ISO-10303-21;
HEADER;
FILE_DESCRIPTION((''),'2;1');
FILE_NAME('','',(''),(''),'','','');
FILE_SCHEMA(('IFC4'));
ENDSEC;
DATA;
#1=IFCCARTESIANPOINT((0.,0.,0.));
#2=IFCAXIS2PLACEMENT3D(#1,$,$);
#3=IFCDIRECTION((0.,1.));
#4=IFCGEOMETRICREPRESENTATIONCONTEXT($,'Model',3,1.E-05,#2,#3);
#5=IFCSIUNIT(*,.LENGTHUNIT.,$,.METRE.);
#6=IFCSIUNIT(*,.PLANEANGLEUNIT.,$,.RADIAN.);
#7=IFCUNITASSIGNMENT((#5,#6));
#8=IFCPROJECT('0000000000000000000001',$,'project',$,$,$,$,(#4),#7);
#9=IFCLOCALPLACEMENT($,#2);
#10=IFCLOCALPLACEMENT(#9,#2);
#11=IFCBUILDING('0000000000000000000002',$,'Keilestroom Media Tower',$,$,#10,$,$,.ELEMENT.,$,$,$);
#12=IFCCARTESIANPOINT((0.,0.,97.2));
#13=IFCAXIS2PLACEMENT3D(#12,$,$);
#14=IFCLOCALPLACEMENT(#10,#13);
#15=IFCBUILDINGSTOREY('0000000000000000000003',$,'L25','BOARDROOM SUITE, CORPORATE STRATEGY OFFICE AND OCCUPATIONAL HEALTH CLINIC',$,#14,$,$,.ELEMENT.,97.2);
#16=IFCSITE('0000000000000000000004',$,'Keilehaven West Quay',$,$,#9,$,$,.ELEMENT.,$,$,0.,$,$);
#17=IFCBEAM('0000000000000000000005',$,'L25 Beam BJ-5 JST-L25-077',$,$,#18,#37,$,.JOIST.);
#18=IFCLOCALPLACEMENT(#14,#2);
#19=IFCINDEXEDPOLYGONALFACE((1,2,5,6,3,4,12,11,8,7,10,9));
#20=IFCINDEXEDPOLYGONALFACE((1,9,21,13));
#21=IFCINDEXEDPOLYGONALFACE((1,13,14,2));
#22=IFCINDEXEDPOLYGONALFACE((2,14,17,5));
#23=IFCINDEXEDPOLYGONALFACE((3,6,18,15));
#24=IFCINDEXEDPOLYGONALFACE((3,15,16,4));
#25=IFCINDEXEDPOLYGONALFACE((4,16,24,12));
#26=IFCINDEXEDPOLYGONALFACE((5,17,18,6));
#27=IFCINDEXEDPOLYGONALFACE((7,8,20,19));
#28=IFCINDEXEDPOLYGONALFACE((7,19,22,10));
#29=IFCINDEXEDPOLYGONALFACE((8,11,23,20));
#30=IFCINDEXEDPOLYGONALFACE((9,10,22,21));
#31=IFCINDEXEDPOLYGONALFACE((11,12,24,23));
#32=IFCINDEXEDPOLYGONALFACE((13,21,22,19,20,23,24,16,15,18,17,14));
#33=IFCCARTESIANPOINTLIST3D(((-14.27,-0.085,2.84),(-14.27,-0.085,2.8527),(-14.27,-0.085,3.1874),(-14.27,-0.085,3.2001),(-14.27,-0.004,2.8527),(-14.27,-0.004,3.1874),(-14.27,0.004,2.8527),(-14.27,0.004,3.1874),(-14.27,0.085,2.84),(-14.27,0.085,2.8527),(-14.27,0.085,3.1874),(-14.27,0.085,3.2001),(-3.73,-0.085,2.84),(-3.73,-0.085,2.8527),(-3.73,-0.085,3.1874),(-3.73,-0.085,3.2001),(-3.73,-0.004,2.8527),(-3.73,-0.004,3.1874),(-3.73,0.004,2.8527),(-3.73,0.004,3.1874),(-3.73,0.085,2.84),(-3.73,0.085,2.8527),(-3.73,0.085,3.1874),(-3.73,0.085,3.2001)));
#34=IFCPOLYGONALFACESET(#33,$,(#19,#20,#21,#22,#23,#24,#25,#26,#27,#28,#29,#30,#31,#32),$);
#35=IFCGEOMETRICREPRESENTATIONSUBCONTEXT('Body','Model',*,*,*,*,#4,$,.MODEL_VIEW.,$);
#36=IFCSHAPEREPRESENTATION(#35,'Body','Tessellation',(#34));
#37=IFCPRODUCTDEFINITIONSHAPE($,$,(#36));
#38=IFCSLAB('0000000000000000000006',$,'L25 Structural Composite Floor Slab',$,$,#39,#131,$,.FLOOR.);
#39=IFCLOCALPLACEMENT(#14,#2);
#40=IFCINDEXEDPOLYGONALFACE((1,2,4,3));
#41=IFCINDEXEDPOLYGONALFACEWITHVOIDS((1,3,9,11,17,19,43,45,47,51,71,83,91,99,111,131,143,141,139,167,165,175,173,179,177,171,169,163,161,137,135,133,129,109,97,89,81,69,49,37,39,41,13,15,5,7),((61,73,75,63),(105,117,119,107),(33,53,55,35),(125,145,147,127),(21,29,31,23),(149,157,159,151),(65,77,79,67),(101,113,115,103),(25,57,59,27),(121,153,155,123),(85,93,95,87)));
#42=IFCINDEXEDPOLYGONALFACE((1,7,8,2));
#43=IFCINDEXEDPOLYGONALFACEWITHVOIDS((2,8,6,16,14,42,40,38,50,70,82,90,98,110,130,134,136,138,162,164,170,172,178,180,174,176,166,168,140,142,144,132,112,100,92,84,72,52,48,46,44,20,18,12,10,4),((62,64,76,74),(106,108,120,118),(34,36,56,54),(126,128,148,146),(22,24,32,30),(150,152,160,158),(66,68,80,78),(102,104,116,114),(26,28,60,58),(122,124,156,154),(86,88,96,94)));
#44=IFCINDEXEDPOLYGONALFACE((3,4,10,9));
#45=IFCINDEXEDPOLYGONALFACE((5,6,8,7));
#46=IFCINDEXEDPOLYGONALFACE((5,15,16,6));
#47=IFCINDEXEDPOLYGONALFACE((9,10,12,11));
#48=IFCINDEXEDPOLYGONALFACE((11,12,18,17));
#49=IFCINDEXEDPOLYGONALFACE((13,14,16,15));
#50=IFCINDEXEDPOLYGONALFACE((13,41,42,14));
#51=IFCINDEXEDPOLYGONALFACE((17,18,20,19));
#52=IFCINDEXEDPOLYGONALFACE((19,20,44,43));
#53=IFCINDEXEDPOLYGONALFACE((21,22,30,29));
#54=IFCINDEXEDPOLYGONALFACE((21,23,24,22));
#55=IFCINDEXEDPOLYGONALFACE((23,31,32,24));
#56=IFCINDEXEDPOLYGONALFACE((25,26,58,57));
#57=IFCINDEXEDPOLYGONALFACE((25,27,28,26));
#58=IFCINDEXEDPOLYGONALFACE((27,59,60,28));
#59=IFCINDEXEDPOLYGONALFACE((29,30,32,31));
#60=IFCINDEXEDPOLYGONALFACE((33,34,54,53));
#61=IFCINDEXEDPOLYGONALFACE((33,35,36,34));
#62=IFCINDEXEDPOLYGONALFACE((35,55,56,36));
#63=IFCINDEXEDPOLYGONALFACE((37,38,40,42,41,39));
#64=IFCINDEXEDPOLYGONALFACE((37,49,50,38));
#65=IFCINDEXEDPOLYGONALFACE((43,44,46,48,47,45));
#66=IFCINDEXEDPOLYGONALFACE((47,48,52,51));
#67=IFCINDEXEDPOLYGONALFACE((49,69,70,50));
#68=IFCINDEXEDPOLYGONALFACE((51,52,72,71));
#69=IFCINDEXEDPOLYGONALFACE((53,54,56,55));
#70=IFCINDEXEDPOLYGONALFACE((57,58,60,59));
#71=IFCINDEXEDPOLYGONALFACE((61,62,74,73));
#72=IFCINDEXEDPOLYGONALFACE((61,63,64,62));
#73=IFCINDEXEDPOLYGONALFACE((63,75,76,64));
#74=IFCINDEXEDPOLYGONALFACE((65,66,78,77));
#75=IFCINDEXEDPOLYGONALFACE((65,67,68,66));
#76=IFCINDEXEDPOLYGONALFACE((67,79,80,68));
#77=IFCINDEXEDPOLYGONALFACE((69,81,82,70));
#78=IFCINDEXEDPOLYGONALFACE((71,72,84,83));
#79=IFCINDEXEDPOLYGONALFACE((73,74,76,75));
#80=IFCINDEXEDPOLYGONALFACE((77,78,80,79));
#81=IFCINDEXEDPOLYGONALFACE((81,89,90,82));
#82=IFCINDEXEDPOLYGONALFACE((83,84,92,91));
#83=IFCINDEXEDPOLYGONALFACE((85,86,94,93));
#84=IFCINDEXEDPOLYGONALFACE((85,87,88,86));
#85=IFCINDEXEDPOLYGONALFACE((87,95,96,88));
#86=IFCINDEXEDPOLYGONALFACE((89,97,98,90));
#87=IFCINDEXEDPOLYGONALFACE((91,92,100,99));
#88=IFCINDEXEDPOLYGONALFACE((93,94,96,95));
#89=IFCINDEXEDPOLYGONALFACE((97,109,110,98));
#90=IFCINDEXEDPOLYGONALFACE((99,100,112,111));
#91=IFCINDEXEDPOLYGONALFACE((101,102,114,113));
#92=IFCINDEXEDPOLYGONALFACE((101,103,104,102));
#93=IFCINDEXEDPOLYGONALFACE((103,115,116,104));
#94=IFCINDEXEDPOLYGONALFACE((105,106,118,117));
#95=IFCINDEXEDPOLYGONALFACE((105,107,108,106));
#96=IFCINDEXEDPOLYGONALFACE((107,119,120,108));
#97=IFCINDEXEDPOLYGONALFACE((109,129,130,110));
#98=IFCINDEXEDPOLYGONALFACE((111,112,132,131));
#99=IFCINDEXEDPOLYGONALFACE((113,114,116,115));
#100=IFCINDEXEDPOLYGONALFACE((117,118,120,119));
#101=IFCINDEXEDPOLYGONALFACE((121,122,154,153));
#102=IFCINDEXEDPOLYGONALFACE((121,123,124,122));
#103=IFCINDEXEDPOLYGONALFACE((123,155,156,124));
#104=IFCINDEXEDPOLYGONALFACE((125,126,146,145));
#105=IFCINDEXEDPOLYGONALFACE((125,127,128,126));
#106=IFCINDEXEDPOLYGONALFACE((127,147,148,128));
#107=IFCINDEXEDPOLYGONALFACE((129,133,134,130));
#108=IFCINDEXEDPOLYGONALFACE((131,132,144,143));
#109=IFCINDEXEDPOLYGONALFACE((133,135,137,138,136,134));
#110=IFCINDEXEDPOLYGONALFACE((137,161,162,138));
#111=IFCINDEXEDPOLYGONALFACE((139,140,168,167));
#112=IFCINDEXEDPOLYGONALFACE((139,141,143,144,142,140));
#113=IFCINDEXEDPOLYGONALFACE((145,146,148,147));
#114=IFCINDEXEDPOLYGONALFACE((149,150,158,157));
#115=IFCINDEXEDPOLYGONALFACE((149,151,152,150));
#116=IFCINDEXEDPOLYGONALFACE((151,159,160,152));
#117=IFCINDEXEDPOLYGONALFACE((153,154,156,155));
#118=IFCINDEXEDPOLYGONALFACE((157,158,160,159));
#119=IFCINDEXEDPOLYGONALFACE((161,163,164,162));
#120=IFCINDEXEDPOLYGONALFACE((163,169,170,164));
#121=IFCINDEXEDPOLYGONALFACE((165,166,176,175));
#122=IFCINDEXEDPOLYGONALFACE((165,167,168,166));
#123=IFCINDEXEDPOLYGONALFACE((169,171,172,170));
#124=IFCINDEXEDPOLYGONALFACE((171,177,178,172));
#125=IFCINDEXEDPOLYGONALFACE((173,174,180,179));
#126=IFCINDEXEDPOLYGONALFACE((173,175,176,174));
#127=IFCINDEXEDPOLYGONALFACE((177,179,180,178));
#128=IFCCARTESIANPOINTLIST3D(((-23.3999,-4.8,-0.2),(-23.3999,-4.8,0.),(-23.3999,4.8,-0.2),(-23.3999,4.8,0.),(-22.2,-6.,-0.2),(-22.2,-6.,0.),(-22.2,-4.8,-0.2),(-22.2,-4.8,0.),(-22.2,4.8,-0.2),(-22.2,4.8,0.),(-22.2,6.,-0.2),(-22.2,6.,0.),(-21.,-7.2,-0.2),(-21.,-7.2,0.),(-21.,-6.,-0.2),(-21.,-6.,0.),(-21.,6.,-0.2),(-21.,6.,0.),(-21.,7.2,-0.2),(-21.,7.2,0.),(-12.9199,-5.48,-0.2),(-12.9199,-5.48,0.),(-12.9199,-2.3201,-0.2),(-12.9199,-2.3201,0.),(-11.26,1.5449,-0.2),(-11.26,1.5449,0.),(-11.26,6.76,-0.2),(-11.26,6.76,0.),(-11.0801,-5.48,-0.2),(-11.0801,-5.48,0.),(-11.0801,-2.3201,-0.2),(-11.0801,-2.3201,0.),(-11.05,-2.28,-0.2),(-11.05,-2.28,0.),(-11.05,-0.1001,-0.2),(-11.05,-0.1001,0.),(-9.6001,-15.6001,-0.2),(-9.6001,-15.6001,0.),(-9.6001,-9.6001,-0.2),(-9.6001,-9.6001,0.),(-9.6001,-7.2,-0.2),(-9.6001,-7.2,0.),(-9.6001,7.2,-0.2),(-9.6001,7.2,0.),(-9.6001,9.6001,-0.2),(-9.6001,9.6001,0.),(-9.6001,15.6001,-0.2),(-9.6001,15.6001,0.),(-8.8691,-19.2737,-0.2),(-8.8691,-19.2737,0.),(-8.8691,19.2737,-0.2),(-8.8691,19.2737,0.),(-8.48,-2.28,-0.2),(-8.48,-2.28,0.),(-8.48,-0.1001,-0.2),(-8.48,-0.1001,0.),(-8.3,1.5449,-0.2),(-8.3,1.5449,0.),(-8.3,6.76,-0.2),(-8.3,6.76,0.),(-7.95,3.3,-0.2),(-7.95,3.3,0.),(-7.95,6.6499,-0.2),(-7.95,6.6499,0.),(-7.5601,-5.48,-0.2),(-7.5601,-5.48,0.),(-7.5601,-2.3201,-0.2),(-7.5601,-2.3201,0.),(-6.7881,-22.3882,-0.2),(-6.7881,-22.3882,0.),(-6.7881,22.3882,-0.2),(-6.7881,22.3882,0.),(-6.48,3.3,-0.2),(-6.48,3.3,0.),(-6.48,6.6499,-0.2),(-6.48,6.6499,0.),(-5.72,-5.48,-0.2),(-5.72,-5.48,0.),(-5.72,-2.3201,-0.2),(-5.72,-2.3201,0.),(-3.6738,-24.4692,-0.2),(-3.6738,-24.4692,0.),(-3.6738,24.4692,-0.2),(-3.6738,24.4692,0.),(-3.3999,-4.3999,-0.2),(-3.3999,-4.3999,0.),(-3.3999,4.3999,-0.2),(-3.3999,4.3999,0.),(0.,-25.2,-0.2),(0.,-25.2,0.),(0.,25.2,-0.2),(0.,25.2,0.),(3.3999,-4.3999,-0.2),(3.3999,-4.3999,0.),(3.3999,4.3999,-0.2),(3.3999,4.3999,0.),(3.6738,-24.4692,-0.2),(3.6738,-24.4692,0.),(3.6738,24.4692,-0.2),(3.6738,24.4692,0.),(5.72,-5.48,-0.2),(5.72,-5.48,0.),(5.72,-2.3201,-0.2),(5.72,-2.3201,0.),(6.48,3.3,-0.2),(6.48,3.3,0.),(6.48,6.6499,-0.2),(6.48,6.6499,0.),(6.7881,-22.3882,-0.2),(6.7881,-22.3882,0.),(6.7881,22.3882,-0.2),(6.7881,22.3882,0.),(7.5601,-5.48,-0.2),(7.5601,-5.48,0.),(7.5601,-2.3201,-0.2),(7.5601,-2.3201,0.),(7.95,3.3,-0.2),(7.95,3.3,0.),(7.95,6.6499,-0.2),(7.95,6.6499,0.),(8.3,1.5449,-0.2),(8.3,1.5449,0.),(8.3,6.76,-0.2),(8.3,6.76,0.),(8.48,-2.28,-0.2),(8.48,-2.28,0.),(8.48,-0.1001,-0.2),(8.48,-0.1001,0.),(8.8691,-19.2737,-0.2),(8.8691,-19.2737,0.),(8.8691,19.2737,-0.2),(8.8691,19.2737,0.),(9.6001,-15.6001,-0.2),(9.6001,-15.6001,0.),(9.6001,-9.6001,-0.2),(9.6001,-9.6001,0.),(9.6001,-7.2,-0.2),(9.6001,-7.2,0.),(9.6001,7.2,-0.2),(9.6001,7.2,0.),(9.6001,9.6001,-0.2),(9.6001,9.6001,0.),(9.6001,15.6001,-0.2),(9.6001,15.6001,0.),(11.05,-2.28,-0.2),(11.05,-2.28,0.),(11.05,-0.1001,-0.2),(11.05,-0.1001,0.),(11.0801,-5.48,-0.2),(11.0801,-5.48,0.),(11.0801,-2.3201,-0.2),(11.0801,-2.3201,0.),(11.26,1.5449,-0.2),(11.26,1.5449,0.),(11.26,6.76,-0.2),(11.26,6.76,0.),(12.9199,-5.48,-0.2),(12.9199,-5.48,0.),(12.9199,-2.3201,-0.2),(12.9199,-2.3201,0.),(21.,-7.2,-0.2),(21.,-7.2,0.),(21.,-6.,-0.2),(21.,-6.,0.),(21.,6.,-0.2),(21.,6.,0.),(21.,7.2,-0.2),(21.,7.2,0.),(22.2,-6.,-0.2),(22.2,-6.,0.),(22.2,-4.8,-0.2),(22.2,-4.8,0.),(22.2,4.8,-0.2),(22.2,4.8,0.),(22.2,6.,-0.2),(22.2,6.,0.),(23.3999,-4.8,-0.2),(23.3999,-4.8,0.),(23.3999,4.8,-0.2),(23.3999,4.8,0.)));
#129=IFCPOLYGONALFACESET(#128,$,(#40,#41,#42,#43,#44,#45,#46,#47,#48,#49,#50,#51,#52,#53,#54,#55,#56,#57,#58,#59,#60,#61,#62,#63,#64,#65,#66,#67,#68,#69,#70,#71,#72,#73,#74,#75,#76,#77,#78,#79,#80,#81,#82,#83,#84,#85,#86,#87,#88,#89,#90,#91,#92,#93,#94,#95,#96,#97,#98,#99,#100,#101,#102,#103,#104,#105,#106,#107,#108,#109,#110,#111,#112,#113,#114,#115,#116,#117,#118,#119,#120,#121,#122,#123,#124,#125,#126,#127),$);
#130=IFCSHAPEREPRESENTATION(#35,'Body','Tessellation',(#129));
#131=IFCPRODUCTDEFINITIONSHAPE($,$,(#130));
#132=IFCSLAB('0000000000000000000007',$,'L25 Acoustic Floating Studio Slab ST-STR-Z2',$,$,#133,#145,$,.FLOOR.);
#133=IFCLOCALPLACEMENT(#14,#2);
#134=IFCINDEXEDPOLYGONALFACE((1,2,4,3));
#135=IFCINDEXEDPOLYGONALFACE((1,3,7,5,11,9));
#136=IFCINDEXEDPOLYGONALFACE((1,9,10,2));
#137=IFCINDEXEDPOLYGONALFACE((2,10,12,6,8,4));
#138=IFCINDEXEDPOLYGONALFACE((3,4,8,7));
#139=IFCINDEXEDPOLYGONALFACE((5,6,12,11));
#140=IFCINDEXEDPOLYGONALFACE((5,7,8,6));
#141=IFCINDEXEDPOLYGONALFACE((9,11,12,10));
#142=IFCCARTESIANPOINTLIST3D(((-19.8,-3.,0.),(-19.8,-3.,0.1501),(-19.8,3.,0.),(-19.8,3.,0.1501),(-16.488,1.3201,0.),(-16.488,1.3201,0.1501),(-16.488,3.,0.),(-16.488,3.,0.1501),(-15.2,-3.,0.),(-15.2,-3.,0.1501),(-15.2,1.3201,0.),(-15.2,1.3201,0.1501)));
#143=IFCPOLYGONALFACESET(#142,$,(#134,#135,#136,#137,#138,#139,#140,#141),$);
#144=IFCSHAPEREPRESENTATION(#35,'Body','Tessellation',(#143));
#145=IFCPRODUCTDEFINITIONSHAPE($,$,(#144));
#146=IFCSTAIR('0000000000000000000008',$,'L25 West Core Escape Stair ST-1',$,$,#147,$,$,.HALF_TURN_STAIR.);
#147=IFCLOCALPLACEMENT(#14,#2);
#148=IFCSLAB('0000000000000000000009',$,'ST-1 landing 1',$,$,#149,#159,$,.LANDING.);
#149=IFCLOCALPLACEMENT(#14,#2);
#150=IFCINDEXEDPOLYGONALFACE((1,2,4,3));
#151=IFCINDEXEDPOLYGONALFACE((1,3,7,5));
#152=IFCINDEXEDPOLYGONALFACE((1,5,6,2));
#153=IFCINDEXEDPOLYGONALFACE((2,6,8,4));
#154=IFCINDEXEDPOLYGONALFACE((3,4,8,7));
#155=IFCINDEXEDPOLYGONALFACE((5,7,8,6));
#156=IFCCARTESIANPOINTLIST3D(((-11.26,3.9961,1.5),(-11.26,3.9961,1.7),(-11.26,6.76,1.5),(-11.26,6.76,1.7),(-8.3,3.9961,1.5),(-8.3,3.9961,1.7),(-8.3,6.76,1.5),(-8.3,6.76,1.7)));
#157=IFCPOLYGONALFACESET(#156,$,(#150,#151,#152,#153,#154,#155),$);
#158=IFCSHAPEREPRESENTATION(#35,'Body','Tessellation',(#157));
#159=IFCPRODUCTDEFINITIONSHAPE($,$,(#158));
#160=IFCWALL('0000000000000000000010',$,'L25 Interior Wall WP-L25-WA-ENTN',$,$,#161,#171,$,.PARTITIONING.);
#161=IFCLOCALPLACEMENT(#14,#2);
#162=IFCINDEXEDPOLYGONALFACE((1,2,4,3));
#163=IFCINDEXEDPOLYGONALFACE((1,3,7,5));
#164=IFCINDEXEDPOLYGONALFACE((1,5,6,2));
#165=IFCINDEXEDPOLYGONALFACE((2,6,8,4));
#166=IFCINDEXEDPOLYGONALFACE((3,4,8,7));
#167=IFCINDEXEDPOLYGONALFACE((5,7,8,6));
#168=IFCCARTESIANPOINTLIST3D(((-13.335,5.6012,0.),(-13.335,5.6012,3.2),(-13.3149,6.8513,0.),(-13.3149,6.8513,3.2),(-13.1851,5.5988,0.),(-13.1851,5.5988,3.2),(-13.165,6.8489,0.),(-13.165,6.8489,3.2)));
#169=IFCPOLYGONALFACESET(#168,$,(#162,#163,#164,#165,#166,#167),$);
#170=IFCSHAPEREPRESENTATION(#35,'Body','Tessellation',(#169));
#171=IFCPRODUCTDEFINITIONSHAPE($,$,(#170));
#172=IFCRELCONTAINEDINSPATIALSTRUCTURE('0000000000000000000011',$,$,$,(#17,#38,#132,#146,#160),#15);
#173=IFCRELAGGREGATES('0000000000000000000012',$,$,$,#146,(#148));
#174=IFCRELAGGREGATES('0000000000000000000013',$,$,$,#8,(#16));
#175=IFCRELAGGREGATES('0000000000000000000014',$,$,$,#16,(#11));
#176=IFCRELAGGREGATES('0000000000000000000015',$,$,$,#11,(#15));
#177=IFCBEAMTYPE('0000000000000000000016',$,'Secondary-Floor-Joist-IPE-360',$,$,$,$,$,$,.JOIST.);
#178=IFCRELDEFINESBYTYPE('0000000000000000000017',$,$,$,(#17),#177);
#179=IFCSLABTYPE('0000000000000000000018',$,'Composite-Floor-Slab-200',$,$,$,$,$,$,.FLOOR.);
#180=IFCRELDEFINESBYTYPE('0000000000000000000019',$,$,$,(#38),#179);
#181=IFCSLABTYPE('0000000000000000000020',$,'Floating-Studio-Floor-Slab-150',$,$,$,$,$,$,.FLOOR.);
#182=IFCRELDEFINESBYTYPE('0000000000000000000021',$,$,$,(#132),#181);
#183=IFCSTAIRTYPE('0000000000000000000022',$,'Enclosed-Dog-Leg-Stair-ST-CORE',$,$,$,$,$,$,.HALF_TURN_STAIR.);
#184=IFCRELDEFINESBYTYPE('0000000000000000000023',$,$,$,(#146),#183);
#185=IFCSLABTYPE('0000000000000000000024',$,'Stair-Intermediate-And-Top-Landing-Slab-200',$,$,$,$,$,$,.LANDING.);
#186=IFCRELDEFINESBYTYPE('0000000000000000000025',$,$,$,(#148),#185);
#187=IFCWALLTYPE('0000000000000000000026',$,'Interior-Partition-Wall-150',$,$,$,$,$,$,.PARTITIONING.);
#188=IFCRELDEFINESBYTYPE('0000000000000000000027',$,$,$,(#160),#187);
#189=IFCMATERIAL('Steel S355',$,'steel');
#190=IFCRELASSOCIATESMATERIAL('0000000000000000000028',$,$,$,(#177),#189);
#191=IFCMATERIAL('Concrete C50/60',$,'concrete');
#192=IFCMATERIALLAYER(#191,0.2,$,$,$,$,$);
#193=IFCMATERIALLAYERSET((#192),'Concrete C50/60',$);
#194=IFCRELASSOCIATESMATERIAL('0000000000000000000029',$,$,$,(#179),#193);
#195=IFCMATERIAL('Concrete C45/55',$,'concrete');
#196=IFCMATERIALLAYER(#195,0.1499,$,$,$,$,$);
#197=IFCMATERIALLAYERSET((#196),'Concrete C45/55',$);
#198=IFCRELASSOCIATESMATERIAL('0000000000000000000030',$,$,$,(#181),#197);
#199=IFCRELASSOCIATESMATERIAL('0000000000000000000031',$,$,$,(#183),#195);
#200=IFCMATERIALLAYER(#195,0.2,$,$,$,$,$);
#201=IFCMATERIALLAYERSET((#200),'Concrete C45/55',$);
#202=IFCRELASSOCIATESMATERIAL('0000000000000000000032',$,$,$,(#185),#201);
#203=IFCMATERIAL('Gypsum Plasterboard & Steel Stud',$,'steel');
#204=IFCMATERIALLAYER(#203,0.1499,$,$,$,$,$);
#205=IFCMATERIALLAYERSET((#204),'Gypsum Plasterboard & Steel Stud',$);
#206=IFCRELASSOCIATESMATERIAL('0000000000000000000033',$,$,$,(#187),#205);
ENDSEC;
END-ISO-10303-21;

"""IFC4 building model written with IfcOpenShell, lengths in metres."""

from ifc_helpers import new_model, si_unit, direction, frame, frame_2d, origin, origin_2d, place, context, subcontext, project, spatial, polyline, rectangle, i_section, outline, extrude, source, transform, mapped, material, layer, layer_set, material_profile, profile_set, type_object, element, aggregate, save


model = new_model("IFC4")

# Units and contexts
model_context = context("Model", 3, precision=1e-05, world=origin(), true_north=direction((0.0, 1.0)))
body_context = subcontext(model_context, "Body", "Model", "MODEL_VIEW")
ifc_project = project(units=[si_unit("LENGTHUNIT", "METRE"), si_unit("PLANEANGLEUNIT", "RADIAN")], contexts=[model_context])

# Site, building, storey
site_placement = place(None, origin())
site = spatial("IfcSite", under=ifc_project, at=site_placement, Name="Keilehaven West Quay", CompositionType="ELEMENT", RefElevation=0.0)
building_placement = place(site_placement, origin())
building = spatial("IfcBuilding", under=site, at=building_placement, Name="Keilestroom Media Tower", CompositionType="ELEMENT")
storey_placement = place(building_placement, frame((0.0, 0.0, 97.2)))
storey = spatial("IfcBuildingStorey", under=building, at=storey_placement, Name="L25", Description="BOARDROOM SUITE, CORPORATE STRATEGY OFFICE AND OCCUPATIONAL HEALTH CLINIC", CompositionType="ELEMENT", Elevation=97.2)

# Beam
ifc_material_1 = material(Name="Steel S355", Category="steel")
ifc_material_profile = material_profile(ifc_material_1, i_section(OverallWidth=0.1699, OverallDepth=0.3601, WebThickness=0.0081, FlangeThickness=0.0127, at=origin_2d()), Name="IPE 360")
ifc_profile_set = profile_set([ifc_material_profile], Name="Steel S355")
beam_type = type_object("IfcBeamType", Name="Secondary-Floor-Joist-IPE-360", PredefinedType="JOIST", material=ifc_profile_set)
shared_shape_1 = source(origin(), body_context, "Body", "SweptSolid", [
    extrude(i_section(OverallWidth=0.1699, OverallDepth=0.3601, WebThickness=0.0081, FlangeThickness=0.0127, at=origin_2d()), origin(), (0.0, 0.0, 1.0), 10.54),
])
beam_placement = place(storey_placement, frame((-14.27, 0.0, 3.02), z_axis=(1.0, 0.0, 0.0), x_axis=(0.0, 1.0, 0.0)))
element("IfcBeam", 1, at=beam_placement, inside=storey, type_object=beam_type, Name="L25 Beam BJ-5 JST-L25-077", PredefinedType="JOIST", context=body_context, shape_type="MappedRepresentation", body=[
    mapped(shared_shape_1, transform((0.0, 0.0, 0.0), x_axis=(1.0, 0.0, 0.0), y_axis=(0.0, 1.0, 0.0), z_axis=(0.0, 0.0, 1.0), scale=1.0)),
])

# Slabs
ifc_material_2 = material(Name="Concrete C50/60", Category="concrete")
ifc_layer_1 = layer(ifc_material_2, 0.2)
ifc_layer_set_1 = layer_set([ifc_layer_1], Name="Concrete C50/60")
slab_type_1 = type_object("IfcSlabType", Name="Composite-Floor-Slab-200", PredefinedType="FLOOR", material=ifc_layer_set_1)
slab_1_placement = place(storey_placement, frame((0.0, 0.0, -0.2)))
element("IfcSlab", 2, at=slab_1_placement, inside=storey, type_object=slab_type_1, Name="L25 Structural Composite Floor Slab", PredefinedType="FLOOR", context=body_context, shape_type="SweptSolid", body=[
    extrude(outline(polyline([(23.3999, -4.8), (23.3999, 4.8), (22.2, 4.8), (22.2, 6.0), (21.0, 6.0), (21.0, 7.2), (9.6001, 7.2), (9.6001, 9.6001), (9.6001, 15.6001), (8.8691, 19.2737), (6.7881, 22.3882), (3.6738, 24.4692), (0.0, 25.2), (-3.6738, 24.4692), (-6.7881, 22.3882), (-8.8691, 19.2737), (-9.6001, 15.6001), (-9.6001, 9.6001), (-9.6001, 7.2), (-21.0, 7.2), (-21.0, 6.0), (-22.2, 6.0), (-22.2, 4.8), (-23.3999, 4.8), (-23.3999, -4.8), (-22.2, -4.8), (-22.2, -6.0), (-21.0, -6.0), (-21.0, -7.2), (-9.6001, -7.2), (-9.6001, -9.6001), (-9.6001, -15.6001), (-8.8691, -19.2737), (-6.7881, -22.3882), (-3.6738, -24.4692), (0.0, -25.2), (3.6738, -24.4692), (6.7881, -22.3882), (8.8691, -19.2737), (9.6001, -15.6001), (9.6001, -9.6001), (9.6001, -7.2), (21.0, -7.2), (21.0, -6.0), (22.2, -6.0), (22.2, -4.8), (23.3999, -4.8)]), holes=[polyline([(-12.9199, -5.48), (-12.9199, -2.3201), (-11.0801, -2.3201), (-11.0801, -5.48), (-12.9199, -5.48)]), polyline([(-11.26, 1.5449), (-11.26, 6.76), (-8.3, 6.76), (-8.3, 1.5449), (-11.26, 1.5449)]), polyline([(-11.05, -2.28), (-11.05, -0.1001), (-8.48, -0.1001), (-8.48, -2.28), (-11.05, -2.28)]), polyline([(-7.95, 3.3), (-7.95, 6.6499), (-6.48, 6.6499), (-6.48, 3.3), (-7.95, 3.3)]), polyline([(-7.5601, -5.48), (-7.5601, -2.3201), (-5.72, -2.3201), (-5.72, -5.48), (-7.5601, -5.48)]), polyline([(-3.3999, -4.3999), (-3.3999, 4.3999), (3.3999, 4.3999), (3.3999, -4.3999), (-3.3999, -4.3999)]), polyline([(5.72, -5.48), (5.72, -2.3201), (7.5601, -2.3201), (7.5601, -5.48), (5.72, -5.48)]), polyline([(7.95, 6.6499), (7.95, 3.3), (6.48, 3.3), (6.48, 6.6499), (7.95, 6.6499)]), polyline([(8.3, 6.76), (11.26, 6.76), (11.26, 1.5449), (8.3, 1.5449), (8.3, 6.76)]), polyline([(8.48, -2.28), (8.48, -0.1001), (11.05, -0.1001), (11.05, -2.28), (8.48, -2.28)]), polyline([(12.9199, -5.48), (11.0801, -5.48), (11.0801, -2.3201), (12.9199, -2.3201), (12.9199, -5.48)])]), origin(), (0.0, 0.0, 1.0), 0.2),
])
ifc_material_3 = material(Name="Concrete C45/55", Category="concrete")
ifc_layer_2 = layer(ifc_material_3, 0.1499)
ifc_layer_set_2 = layer_set([ifc_layer_2], Name="Concrete C45/55")
slab_type_2 = type_object("IfcSlabType", Name="Floating-Studio-Floor-Slab-150", PredefinedType="FLOOR", material=ifc_layer_set_2)
slab_2_placement = place(storey_placement, origin())
element("IfcSlab", 3, at=slab_2_placement, inside=storey, type_object=slab_type_2, Name="L25 Acoustic Floating Studio Slab ST-STR-Z2", PredefinedType="FLOOR", context=body_context, shape_type="SweptSolid", body=[
    extrude(outline(polyline([(-19.8, -3.0), (-15.2, -3.0), (-15.2, 1.3201), (-16.488, 1.3201), (-16.488, 3.0), (-19.8, 3.0), (-19.8, -3.0)])), origin(), (0.0, 0.0, 1.0), 0.1501),
])

# Stair, slab
stair_type = type_object("IfcStairType", Name="Enclosed-Dog-Leg-Stair-ST-CORE", PredefinedType="HALF_TURN_STAIR", material=ifc_material_3)
stair_placement = place(storey_placement, origin())
stair = element("IfcStair", 4, at=stair_placement, inside=storey, type_object=stair_type, Name="L25 West Core Escape Stair ST-1", PredefinedType="HALF_TURN_STAIR")
ifc_layer_3 = layer(ifc_material_3, 0.2)
ifc_layer_set_3 = layer_set([ifc_layer_3], Name="Concrete C45/55")
slab_type_3 = type_object("IfcSlabType", Name="Stair-Intermediate-And-Top-Landing-Slab-200", PredefinedType="LANDING", material=ifc_layer_set_3)
slab_3_placement = place(storey_placement, frame((0.0, 0.0, 1.5)))
slab_3 = element("IfcSlab", 5, at=slab_3_placement, type_object=slab_type_3, Name="ST-1 landing 1", PredefinedType="LANDING", context=body_context, shape_type="SweptSolid", body=[
    extrude(outline(polyline([(-8.3, 3.9961), (-8.3, 6.76), (-11.26, 6.76), (-11.26, 3.9961), (-8.3, 3.9961)])), origin(), (0.0, 0.0, 1.0), 0.2),
])

# Wall
ifc_material_4 = material(Name="Gypsum Plasterboard & Steel Stud", Category="steel")
ifc_layer_4 = layer(ifc_material_4, 0.1499)
ifc_layer_set_4 = layer_set([ifc_layer_4], Name="Gypsum Plasterboard & Steel Stud")
wall_type_1 = type_object("IfcWallType", Name="Interior-Partition-Wall-150", PredefinedType="PARTITIONING", material=ifc_layer_set_4)
wall_1_placement = place(storey_placement, frame((-13.26, 5.6001, 0.0), z_axis=(0.0, 0.0, 1.0), x_axis=(0.016014, 0.999872, 0.0)))
element("IfcWall", 6, at=wall_1_placement, inside=storey, type_object=wall_type_1, Name="L25 Interior Wall WP-L25-WA-ENTN", PredefinedType="PARTITIONING", context=body_context, shape_type="SweptSolid", body=[
    extrude(rectangle(XDim=1.2502, YDim=0.1499, at=frame_2d((0.625, 0.0))), origin(), (0.0, 0.0, 1.0), 3.2),
])

aggregate(stair, [slab_3])

save(model, "model.ifc")
